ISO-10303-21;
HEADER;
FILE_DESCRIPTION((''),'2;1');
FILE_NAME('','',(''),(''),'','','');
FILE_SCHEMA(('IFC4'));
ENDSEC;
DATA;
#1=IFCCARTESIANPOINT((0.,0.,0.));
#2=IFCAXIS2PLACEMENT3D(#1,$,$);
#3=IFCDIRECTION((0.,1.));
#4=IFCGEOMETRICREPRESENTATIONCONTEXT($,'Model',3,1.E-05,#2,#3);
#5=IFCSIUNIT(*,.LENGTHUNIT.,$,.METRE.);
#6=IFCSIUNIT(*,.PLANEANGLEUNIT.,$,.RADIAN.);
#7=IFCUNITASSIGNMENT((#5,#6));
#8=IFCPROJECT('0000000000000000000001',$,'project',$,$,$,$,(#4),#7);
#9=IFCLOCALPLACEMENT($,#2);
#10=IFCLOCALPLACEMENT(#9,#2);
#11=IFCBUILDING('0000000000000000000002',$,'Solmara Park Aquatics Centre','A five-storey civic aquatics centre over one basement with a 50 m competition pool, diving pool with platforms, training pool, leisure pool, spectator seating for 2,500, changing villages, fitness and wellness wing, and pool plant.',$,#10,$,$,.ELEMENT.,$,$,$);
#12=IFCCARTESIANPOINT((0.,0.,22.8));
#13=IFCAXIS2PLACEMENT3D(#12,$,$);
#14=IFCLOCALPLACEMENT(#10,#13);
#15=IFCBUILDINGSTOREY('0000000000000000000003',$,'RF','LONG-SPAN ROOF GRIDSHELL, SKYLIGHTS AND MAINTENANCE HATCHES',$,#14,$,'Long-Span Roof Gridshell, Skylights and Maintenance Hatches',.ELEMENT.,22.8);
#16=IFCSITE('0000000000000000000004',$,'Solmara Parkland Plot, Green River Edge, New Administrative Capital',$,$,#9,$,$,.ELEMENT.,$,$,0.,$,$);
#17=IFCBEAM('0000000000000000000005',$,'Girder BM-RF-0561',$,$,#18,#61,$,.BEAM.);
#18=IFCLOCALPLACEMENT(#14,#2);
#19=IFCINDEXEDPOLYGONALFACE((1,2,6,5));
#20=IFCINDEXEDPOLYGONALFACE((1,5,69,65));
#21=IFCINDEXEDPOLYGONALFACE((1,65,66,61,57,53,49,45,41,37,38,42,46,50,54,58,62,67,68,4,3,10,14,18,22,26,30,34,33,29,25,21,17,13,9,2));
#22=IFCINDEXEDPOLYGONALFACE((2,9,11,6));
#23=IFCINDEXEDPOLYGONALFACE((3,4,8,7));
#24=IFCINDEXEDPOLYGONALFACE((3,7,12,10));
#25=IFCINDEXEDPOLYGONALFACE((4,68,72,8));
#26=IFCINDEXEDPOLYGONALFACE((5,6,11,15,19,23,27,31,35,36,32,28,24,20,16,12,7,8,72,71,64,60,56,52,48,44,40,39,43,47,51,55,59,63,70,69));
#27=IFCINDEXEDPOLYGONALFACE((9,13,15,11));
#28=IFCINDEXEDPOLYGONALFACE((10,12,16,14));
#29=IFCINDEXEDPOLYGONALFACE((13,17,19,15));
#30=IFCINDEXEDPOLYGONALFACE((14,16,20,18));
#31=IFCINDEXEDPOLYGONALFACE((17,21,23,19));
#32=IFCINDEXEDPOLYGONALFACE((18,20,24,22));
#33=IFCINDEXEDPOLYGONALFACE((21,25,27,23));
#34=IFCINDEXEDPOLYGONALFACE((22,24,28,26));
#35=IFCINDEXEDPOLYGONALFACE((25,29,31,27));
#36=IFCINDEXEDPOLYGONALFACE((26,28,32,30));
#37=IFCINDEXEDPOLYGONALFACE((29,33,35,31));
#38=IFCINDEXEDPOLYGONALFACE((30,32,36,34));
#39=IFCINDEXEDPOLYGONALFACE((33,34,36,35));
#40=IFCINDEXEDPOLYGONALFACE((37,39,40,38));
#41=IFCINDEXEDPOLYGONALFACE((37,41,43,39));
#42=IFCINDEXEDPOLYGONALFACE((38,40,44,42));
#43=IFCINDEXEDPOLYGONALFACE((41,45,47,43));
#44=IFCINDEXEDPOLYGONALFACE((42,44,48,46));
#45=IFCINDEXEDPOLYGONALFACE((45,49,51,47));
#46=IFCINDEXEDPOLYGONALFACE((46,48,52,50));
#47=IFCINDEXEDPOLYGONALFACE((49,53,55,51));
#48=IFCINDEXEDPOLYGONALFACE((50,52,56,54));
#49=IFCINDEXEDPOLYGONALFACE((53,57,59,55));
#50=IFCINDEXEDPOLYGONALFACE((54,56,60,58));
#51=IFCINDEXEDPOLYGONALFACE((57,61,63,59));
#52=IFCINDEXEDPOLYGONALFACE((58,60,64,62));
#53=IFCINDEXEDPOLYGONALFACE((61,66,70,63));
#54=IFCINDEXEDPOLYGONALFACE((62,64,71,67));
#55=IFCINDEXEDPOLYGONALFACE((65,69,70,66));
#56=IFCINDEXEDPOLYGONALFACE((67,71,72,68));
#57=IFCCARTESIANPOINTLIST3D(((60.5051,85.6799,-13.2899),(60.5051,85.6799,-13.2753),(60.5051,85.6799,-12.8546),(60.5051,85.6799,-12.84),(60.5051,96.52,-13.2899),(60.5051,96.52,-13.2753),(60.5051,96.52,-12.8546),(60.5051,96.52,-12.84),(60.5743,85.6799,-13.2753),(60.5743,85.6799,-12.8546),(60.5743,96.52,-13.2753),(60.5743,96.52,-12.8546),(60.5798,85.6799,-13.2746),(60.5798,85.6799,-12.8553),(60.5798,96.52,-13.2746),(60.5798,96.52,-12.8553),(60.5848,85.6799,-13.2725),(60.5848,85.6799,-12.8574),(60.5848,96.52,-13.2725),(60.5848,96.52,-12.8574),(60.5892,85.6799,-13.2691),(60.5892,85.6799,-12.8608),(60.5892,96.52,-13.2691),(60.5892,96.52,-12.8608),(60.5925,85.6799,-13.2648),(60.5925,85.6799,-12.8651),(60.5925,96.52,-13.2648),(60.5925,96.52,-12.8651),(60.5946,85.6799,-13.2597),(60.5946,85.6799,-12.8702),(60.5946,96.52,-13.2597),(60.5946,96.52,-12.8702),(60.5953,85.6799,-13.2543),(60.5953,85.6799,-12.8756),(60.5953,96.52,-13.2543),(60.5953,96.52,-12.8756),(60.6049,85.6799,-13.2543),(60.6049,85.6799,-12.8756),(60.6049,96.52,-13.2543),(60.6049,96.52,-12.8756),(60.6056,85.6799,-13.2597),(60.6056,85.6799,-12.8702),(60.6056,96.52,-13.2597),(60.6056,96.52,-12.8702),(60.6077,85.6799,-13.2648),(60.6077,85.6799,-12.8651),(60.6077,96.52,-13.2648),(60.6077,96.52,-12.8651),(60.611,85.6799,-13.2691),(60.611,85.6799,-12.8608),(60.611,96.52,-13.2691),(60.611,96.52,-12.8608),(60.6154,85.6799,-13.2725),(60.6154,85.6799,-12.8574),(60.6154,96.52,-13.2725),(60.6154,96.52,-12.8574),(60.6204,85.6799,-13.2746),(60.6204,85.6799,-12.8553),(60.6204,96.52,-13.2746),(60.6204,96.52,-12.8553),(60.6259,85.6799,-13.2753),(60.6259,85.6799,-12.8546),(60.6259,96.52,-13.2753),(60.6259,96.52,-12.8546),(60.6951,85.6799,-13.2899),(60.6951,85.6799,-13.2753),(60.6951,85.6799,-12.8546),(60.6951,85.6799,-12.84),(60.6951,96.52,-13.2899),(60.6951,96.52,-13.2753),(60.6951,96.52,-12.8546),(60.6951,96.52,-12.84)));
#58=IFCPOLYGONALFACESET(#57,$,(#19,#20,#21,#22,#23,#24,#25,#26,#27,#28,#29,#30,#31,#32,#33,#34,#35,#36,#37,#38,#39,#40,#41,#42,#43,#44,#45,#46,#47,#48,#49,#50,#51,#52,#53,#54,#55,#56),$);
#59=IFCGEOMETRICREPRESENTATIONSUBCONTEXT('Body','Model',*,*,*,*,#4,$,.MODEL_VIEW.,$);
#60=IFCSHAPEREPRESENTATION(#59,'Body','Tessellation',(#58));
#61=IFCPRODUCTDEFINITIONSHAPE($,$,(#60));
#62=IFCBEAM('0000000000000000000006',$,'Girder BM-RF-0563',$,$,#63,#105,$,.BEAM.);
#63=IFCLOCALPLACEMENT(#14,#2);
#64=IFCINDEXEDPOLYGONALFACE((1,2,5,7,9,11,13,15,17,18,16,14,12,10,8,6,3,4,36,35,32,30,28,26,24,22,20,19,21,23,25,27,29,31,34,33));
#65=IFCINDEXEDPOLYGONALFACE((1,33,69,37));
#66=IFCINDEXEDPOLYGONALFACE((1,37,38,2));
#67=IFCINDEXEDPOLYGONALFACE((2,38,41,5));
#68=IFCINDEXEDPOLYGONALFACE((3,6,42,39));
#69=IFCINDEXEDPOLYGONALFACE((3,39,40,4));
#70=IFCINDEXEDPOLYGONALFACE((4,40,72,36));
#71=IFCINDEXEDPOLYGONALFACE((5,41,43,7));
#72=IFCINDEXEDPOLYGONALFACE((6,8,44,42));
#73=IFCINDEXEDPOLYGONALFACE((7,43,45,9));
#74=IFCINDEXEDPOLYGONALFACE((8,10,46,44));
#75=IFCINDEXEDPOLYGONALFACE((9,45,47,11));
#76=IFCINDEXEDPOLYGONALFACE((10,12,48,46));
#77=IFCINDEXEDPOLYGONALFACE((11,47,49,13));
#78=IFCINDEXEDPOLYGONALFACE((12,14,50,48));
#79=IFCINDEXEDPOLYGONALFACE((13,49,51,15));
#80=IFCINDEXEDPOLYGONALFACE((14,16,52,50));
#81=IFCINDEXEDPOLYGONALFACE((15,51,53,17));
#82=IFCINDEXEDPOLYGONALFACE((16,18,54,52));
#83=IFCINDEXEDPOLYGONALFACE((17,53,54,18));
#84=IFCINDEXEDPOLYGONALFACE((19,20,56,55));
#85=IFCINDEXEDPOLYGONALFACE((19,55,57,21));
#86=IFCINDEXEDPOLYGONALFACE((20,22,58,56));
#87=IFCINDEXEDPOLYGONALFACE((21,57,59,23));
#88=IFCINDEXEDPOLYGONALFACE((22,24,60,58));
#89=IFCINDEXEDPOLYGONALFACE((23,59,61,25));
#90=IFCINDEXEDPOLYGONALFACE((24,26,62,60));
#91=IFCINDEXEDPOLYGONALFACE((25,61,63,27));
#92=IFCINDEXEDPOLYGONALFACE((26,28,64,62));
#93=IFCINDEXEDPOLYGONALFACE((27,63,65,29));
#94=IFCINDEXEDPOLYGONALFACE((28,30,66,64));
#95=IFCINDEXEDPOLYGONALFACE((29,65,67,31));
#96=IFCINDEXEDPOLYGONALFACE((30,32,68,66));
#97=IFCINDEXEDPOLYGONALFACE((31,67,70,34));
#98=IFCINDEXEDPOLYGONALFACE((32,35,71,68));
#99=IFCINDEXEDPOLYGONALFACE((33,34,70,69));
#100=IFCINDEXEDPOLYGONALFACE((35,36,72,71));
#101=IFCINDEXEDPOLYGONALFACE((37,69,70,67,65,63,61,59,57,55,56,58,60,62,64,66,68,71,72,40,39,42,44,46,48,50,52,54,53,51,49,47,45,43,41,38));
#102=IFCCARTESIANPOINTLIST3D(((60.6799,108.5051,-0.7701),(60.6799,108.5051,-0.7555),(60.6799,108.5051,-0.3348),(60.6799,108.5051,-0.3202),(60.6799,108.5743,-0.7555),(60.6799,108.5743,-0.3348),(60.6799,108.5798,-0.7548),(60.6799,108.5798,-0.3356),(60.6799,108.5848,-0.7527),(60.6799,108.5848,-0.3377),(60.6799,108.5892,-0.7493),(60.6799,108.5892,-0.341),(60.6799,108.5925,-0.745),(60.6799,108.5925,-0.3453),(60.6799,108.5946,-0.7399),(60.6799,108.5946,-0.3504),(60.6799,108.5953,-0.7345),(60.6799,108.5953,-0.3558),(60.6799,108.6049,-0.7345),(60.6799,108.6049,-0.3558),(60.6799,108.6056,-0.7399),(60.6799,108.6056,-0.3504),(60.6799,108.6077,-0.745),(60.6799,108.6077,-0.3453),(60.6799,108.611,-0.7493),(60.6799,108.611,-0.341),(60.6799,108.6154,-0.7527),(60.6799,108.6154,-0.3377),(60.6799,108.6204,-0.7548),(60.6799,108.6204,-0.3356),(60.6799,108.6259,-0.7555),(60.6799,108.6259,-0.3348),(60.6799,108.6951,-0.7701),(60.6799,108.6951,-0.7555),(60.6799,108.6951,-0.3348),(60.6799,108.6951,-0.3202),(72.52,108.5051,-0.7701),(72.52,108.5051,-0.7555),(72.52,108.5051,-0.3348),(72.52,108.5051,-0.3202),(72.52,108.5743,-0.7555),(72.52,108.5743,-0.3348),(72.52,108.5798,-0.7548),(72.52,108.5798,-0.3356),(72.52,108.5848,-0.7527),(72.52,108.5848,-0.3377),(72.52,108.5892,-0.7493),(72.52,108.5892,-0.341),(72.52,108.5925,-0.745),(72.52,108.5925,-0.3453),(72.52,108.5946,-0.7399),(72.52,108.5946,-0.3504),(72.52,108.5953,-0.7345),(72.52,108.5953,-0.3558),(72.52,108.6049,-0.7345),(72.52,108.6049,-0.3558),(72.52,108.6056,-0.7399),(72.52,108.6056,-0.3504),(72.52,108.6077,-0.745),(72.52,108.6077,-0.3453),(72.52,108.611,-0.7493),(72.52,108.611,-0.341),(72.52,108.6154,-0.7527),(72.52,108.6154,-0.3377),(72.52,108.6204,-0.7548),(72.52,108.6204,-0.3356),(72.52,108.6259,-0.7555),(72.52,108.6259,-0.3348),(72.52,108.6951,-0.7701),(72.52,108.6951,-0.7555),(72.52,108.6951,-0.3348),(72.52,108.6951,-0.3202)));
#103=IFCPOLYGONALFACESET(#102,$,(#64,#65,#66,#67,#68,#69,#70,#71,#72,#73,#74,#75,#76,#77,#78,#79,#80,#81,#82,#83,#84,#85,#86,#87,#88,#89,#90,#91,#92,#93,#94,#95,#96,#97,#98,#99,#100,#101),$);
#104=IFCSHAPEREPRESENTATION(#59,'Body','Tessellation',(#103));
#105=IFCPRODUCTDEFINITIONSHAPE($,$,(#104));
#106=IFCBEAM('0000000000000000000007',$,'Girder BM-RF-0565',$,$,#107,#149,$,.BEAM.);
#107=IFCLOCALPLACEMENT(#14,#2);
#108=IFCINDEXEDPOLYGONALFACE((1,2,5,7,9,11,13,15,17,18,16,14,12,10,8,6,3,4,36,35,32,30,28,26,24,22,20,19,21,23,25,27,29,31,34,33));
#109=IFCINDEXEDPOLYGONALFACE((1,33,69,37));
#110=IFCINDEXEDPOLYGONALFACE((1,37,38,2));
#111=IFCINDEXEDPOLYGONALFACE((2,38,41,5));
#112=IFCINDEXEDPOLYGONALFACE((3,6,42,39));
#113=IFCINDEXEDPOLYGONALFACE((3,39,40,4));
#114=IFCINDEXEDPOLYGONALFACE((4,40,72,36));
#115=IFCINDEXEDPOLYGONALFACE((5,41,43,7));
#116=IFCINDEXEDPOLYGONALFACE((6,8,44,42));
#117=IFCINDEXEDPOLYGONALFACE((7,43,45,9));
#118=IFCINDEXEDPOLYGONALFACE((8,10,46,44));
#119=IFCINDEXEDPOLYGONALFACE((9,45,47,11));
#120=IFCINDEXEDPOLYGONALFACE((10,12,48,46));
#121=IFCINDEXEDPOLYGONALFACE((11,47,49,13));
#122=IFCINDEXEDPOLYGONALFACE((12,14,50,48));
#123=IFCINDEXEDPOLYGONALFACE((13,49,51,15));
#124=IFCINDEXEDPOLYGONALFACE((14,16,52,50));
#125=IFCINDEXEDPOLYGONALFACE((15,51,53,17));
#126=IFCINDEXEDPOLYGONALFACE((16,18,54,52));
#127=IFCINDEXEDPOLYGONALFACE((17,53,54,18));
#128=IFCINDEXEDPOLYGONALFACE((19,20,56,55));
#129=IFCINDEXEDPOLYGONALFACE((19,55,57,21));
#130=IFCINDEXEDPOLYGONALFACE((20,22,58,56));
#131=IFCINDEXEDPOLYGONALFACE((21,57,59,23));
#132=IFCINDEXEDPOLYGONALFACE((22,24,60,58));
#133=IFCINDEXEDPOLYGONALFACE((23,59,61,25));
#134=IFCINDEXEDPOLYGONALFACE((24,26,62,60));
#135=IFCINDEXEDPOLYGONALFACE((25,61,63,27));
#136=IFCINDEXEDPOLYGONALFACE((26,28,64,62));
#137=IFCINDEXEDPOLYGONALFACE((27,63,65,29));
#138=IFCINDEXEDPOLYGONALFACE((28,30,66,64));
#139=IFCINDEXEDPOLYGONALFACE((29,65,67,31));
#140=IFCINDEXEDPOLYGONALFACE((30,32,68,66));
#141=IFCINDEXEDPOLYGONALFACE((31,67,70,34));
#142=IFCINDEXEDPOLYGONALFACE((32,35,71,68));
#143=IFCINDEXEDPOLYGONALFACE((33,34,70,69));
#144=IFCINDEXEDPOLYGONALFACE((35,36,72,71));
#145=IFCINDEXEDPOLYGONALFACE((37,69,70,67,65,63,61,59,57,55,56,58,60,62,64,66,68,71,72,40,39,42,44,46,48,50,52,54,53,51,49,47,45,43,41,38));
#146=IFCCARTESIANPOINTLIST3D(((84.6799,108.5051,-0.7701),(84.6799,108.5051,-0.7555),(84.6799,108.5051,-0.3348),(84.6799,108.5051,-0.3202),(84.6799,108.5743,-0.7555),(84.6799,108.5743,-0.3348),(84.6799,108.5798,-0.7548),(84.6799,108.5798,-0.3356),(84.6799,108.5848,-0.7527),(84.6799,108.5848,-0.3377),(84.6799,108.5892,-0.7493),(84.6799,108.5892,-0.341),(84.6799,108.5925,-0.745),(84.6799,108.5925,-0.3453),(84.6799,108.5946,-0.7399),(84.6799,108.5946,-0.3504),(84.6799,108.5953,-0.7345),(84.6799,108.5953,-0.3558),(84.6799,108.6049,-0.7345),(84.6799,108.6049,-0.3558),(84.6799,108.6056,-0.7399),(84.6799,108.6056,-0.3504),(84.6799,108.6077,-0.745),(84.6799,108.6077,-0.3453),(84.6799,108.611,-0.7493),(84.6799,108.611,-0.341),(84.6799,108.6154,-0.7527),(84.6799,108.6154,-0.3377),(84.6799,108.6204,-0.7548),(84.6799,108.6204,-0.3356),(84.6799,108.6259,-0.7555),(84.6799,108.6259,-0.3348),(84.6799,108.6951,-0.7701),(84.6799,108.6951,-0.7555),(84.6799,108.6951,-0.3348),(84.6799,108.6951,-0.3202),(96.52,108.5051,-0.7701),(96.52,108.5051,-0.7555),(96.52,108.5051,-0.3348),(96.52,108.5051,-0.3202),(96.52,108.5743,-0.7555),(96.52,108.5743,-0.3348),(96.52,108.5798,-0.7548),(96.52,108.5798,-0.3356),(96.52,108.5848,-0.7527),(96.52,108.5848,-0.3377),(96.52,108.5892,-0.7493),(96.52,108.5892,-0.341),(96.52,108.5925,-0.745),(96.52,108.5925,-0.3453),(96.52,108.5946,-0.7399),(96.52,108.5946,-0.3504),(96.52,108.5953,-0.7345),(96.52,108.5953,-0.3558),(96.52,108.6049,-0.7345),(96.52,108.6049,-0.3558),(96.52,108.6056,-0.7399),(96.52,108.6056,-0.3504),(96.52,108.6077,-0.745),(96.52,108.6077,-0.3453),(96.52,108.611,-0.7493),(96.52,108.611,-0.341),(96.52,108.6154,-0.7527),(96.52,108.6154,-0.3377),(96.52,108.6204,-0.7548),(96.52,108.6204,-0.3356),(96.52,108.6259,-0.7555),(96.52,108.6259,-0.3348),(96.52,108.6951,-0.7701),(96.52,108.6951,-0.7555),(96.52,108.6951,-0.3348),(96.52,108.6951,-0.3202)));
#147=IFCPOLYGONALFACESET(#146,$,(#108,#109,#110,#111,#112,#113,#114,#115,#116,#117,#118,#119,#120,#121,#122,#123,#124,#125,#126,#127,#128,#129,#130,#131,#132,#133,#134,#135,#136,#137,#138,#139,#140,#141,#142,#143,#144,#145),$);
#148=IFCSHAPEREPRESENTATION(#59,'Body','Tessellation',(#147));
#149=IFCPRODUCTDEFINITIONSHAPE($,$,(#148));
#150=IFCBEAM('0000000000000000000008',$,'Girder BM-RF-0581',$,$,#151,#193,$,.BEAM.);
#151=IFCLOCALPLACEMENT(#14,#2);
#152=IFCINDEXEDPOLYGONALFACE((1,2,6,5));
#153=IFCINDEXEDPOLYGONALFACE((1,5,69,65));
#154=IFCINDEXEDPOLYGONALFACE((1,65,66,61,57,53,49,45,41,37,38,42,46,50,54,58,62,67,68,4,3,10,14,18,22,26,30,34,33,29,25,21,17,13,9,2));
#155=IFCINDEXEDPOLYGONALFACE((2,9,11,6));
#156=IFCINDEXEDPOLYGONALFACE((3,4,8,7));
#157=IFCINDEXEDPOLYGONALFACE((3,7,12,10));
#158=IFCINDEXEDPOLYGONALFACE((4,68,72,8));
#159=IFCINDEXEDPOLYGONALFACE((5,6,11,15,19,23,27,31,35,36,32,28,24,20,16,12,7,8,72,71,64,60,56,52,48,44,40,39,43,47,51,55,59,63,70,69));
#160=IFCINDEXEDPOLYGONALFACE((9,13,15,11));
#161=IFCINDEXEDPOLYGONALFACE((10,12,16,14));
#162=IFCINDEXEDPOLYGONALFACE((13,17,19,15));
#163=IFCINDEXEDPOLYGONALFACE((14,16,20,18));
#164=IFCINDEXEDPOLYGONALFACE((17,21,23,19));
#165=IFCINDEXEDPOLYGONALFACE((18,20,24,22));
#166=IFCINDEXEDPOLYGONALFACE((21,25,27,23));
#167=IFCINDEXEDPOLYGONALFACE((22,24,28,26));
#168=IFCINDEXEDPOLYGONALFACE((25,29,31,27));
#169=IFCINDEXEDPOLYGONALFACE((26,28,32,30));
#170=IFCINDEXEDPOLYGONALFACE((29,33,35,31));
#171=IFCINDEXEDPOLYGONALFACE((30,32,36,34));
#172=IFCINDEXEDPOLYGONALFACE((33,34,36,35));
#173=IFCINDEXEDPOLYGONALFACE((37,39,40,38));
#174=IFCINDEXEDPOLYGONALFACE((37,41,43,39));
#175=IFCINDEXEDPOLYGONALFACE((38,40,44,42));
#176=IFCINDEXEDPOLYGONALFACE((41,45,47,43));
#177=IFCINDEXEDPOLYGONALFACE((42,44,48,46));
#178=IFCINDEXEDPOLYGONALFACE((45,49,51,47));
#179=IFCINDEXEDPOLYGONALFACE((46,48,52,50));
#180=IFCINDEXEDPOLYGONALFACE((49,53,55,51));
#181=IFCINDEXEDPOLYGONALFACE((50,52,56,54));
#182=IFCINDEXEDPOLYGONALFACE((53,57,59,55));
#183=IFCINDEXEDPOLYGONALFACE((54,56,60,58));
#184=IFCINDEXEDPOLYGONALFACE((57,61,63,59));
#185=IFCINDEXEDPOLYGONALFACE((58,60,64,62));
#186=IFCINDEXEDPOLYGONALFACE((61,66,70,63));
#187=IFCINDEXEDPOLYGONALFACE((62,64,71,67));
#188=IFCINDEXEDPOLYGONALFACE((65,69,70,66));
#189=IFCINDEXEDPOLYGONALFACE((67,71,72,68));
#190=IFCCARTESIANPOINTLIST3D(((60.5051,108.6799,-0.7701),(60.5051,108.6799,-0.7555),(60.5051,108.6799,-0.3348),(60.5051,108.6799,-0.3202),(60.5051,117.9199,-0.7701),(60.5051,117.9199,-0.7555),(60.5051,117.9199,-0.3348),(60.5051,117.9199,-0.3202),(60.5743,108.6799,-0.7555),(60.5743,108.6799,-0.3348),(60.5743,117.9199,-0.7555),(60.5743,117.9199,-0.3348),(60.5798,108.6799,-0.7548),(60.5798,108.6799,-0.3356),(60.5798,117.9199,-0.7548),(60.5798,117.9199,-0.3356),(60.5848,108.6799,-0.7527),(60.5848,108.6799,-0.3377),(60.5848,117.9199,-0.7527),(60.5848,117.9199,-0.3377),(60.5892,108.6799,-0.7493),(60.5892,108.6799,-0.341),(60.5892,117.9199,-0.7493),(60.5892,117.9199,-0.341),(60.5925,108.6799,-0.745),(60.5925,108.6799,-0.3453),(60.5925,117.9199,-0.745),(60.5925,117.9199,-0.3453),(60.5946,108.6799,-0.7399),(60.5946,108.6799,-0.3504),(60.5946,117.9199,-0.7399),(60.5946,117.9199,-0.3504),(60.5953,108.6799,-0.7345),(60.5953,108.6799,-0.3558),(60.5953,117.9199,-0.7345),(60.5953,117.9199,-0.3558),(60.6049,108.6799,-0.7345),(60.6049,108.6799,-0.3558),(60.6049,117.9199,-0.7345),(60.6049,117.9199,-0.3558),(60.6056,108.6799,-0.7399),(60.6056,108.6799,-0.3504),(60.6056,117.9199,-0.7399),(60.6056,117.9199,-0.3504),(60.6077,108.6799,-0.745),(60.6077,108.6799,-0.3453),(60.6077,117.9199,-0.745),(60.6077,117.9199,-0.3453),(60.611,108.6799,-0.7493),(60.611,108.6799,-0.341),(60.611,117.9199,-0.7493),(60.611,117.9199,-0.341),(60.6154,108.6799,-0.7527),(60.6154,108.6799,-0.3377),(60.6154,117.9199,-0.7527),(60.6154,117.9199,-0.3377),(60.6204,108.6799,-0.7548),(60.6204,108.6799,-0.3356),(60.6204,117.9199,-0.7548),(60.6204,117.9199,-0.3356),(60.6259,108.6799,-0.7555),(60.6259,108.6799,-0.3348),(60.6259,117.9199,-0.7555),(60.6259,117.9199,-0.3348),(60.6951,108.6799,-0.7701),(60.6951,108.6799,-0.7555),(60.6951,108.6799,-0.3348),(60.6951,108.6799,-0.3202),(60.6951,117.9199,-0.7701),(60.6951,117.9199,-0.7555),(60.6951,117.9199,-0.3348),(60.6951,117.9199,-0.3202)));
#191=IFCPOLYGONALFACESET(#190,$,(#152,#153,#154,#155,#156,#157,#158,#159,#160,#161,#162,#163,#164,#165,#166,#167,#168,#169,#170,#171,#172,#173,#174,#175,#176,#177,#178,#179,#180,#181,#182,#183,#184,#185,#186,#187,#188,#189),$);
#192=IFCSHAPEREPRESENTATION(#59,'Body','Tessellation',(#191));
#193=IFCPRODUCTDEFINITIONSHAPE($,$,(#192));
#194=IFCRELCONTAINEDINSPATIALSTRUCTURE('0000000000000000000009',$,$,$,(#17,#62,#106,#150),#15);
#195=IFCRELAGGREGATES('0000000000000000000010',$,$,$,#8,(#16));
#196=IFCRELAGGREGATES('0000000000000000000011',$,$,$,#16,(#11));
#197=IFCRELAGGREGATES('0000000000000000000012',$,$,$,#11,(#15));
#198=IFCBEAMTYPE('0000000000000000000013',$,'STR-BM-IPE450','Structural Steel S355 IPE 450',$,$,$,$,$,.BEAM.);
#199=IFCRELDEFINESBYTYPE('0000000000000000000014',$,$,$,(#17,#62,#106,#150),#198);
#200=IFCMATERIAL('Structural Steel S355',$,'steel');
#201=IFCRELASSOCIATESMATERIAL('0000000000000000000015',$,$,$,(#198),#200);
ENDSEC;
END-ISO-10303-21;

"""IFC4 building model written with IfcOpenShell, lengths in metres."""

from ifc_helpers import new_model, si_unit, direction, frame, origin, origin_2d, place, context, subcontext, project, spatial, i_section, extrude, material, material_profile, profile_set, type_object, element, save


model = new_model("IFC4")

# Units and contexts
model_context = context("Model", 3, precision=1e-05, world=origin(), true_north=direction((0.0, 1.0)))
body_context = subcontext(model_context, "Body", "Model", "MODEL_VIEW")
ifc_project = project(units=[si_unit("LENGTHUNIT", "METRE"), si_unit("PLANEANGLEUNIT", "RADIAN")], contexts=[model_context])

# Site, building, storey
site_placement = place(None, origin())
site = spatial("IfcSite", under=ifc_project, at=site_placement, Name="Solmara Parkland Plot, Green River Edge, New Administrative Capital", CompositionType="ELEMENT", RefElevation=0.0)
building_placement = place(site_placement, origin())
building = spatial("IfcBuilding", under=site, at=building_placement, Name="Solmara Park Aquatics Centre", Description="A five-storey civic aquatics centre over one basement with a 50 m competition pool, diving pool with platforms, training pool, leisure pool, spectator seating for 2,500, changing villages, fitness and wellness wing, and pool plant.", CompositionType="ELEMENT")
storey_placement = place(building_placement, frame((0.0, 0.0, 22.8)))
storey = spatial("IfcBuildingStorey", under=building, at=storey_placement, Name="RF", Description="LONG-SPAN ROOF GRIDSHELL, SKYLIGHTS AND MAINTENANCE HATCHES", LongName="Long-Span Roof Gridshell, Skylights and Maintenance Hatches", CompositionType="ELEMENT", Elevation=22.8)

# Beams
ifc_material_1 = material(Name="Structural Steel S355", Category="steel")
ifc_material_profile_1 = material_profile(ifc_material_1, i_section(OverallWidth=0.1899, OverallDepth=0.45, WebThickness=0.0095, FlangeThickness=0.0146, FilletRadius=0.021, at=origin_2d()), Name="IPE 450")
ifc_profile_set_1 = profile_set([ifc_material_profile_1], Name="Structural Steel S355")
beam_type_1 = type_object("IfcBeamType", Name="STR-BM-IPE450", Description="Structural Steel S355 IPE 450", PredefinedType="BEAM", material=ifc_profile_set_1)
beam_1_placement = place(storey_placement, frame((60.6001, 85.6799, -13.0649), z_axis=(0.0, 1.0, 0.0), x_axis=(-1.0, 0.0, 0.0)))
element("IfcBeam", 1, at=beam_1_placement, inside=storey, type_object=beam_type_1, Name="Girder BM-RF-0561", PredefinedType="BEAM", context=body_context, shape_type="SweptSolid", body=[
    extrude(i_section(OverallWidth=0.1899, OverallDepth=0.45, WebThickness=0.0095, FlangeThickness=0.0146, FilletRadius=0.021, at=origin_2d()), origin(), (0.0, 0.0, 1.0), 10.8401),
])
for number, where, z_axis, x_axis, name in (
    (2, (60.6799, 108.6001, -0.5452), (1.0, 0.0, 0.0), (0.0, 1.0, 0.0), "Girder BM-RF-0563"),
    (3, (84.6799, 108.6001, -0.5452), (1.0, 0.0, 0.0), (0.0, 1.0, 0.0), "Girder BM-RF-0565"),
):
    element("IfcBeam", number, at=place(storey_placement, frame(where, z_axis=z_axis, x_axis=x_axis)), inside=storey, type_object=beam_type_1, Name=name, PredefinedType="BEAM", context=body_context, shape_type="SweptSolid", body=[
        extrude(i_section(OverallWidth=0.1899, OverallDepth=0.45, WebThickness=0.0095, FlangeThickness=0.0146, FilletRadius=0.021, at=origin_2d()), origin(), (0.0, 0.0, 1.0), 11.8401),
    ])
for number, where, z_axis, x_axis, name in (
    (4, (60.6001, 108.6799, -0.5452), (0.0, 1.0, 0.0), (-1.0, 0.0, 0.0), "Girder BM-RF-0581"),
):
    element("IfcBeam", number, at=place(storey_placement, frame(where, z_axis=z_axis, x_axis=x_axis)), inside=storey, type_object=beam_type_1, Name=name, PredefinedType="BEAM", context=body_context, shape_type="SweptSolid", body=[
        extrude(i_section(OverallWidth=0.1899, OverallDepth=0.45, WebThickness=0.0095, FlangeThickness=0.0146, FilletRadius=0.021, at=origin_2d()), origin(), (0.0, 0.0, 1.0), 9.24),
    ])

save(model, "model.ifc")
